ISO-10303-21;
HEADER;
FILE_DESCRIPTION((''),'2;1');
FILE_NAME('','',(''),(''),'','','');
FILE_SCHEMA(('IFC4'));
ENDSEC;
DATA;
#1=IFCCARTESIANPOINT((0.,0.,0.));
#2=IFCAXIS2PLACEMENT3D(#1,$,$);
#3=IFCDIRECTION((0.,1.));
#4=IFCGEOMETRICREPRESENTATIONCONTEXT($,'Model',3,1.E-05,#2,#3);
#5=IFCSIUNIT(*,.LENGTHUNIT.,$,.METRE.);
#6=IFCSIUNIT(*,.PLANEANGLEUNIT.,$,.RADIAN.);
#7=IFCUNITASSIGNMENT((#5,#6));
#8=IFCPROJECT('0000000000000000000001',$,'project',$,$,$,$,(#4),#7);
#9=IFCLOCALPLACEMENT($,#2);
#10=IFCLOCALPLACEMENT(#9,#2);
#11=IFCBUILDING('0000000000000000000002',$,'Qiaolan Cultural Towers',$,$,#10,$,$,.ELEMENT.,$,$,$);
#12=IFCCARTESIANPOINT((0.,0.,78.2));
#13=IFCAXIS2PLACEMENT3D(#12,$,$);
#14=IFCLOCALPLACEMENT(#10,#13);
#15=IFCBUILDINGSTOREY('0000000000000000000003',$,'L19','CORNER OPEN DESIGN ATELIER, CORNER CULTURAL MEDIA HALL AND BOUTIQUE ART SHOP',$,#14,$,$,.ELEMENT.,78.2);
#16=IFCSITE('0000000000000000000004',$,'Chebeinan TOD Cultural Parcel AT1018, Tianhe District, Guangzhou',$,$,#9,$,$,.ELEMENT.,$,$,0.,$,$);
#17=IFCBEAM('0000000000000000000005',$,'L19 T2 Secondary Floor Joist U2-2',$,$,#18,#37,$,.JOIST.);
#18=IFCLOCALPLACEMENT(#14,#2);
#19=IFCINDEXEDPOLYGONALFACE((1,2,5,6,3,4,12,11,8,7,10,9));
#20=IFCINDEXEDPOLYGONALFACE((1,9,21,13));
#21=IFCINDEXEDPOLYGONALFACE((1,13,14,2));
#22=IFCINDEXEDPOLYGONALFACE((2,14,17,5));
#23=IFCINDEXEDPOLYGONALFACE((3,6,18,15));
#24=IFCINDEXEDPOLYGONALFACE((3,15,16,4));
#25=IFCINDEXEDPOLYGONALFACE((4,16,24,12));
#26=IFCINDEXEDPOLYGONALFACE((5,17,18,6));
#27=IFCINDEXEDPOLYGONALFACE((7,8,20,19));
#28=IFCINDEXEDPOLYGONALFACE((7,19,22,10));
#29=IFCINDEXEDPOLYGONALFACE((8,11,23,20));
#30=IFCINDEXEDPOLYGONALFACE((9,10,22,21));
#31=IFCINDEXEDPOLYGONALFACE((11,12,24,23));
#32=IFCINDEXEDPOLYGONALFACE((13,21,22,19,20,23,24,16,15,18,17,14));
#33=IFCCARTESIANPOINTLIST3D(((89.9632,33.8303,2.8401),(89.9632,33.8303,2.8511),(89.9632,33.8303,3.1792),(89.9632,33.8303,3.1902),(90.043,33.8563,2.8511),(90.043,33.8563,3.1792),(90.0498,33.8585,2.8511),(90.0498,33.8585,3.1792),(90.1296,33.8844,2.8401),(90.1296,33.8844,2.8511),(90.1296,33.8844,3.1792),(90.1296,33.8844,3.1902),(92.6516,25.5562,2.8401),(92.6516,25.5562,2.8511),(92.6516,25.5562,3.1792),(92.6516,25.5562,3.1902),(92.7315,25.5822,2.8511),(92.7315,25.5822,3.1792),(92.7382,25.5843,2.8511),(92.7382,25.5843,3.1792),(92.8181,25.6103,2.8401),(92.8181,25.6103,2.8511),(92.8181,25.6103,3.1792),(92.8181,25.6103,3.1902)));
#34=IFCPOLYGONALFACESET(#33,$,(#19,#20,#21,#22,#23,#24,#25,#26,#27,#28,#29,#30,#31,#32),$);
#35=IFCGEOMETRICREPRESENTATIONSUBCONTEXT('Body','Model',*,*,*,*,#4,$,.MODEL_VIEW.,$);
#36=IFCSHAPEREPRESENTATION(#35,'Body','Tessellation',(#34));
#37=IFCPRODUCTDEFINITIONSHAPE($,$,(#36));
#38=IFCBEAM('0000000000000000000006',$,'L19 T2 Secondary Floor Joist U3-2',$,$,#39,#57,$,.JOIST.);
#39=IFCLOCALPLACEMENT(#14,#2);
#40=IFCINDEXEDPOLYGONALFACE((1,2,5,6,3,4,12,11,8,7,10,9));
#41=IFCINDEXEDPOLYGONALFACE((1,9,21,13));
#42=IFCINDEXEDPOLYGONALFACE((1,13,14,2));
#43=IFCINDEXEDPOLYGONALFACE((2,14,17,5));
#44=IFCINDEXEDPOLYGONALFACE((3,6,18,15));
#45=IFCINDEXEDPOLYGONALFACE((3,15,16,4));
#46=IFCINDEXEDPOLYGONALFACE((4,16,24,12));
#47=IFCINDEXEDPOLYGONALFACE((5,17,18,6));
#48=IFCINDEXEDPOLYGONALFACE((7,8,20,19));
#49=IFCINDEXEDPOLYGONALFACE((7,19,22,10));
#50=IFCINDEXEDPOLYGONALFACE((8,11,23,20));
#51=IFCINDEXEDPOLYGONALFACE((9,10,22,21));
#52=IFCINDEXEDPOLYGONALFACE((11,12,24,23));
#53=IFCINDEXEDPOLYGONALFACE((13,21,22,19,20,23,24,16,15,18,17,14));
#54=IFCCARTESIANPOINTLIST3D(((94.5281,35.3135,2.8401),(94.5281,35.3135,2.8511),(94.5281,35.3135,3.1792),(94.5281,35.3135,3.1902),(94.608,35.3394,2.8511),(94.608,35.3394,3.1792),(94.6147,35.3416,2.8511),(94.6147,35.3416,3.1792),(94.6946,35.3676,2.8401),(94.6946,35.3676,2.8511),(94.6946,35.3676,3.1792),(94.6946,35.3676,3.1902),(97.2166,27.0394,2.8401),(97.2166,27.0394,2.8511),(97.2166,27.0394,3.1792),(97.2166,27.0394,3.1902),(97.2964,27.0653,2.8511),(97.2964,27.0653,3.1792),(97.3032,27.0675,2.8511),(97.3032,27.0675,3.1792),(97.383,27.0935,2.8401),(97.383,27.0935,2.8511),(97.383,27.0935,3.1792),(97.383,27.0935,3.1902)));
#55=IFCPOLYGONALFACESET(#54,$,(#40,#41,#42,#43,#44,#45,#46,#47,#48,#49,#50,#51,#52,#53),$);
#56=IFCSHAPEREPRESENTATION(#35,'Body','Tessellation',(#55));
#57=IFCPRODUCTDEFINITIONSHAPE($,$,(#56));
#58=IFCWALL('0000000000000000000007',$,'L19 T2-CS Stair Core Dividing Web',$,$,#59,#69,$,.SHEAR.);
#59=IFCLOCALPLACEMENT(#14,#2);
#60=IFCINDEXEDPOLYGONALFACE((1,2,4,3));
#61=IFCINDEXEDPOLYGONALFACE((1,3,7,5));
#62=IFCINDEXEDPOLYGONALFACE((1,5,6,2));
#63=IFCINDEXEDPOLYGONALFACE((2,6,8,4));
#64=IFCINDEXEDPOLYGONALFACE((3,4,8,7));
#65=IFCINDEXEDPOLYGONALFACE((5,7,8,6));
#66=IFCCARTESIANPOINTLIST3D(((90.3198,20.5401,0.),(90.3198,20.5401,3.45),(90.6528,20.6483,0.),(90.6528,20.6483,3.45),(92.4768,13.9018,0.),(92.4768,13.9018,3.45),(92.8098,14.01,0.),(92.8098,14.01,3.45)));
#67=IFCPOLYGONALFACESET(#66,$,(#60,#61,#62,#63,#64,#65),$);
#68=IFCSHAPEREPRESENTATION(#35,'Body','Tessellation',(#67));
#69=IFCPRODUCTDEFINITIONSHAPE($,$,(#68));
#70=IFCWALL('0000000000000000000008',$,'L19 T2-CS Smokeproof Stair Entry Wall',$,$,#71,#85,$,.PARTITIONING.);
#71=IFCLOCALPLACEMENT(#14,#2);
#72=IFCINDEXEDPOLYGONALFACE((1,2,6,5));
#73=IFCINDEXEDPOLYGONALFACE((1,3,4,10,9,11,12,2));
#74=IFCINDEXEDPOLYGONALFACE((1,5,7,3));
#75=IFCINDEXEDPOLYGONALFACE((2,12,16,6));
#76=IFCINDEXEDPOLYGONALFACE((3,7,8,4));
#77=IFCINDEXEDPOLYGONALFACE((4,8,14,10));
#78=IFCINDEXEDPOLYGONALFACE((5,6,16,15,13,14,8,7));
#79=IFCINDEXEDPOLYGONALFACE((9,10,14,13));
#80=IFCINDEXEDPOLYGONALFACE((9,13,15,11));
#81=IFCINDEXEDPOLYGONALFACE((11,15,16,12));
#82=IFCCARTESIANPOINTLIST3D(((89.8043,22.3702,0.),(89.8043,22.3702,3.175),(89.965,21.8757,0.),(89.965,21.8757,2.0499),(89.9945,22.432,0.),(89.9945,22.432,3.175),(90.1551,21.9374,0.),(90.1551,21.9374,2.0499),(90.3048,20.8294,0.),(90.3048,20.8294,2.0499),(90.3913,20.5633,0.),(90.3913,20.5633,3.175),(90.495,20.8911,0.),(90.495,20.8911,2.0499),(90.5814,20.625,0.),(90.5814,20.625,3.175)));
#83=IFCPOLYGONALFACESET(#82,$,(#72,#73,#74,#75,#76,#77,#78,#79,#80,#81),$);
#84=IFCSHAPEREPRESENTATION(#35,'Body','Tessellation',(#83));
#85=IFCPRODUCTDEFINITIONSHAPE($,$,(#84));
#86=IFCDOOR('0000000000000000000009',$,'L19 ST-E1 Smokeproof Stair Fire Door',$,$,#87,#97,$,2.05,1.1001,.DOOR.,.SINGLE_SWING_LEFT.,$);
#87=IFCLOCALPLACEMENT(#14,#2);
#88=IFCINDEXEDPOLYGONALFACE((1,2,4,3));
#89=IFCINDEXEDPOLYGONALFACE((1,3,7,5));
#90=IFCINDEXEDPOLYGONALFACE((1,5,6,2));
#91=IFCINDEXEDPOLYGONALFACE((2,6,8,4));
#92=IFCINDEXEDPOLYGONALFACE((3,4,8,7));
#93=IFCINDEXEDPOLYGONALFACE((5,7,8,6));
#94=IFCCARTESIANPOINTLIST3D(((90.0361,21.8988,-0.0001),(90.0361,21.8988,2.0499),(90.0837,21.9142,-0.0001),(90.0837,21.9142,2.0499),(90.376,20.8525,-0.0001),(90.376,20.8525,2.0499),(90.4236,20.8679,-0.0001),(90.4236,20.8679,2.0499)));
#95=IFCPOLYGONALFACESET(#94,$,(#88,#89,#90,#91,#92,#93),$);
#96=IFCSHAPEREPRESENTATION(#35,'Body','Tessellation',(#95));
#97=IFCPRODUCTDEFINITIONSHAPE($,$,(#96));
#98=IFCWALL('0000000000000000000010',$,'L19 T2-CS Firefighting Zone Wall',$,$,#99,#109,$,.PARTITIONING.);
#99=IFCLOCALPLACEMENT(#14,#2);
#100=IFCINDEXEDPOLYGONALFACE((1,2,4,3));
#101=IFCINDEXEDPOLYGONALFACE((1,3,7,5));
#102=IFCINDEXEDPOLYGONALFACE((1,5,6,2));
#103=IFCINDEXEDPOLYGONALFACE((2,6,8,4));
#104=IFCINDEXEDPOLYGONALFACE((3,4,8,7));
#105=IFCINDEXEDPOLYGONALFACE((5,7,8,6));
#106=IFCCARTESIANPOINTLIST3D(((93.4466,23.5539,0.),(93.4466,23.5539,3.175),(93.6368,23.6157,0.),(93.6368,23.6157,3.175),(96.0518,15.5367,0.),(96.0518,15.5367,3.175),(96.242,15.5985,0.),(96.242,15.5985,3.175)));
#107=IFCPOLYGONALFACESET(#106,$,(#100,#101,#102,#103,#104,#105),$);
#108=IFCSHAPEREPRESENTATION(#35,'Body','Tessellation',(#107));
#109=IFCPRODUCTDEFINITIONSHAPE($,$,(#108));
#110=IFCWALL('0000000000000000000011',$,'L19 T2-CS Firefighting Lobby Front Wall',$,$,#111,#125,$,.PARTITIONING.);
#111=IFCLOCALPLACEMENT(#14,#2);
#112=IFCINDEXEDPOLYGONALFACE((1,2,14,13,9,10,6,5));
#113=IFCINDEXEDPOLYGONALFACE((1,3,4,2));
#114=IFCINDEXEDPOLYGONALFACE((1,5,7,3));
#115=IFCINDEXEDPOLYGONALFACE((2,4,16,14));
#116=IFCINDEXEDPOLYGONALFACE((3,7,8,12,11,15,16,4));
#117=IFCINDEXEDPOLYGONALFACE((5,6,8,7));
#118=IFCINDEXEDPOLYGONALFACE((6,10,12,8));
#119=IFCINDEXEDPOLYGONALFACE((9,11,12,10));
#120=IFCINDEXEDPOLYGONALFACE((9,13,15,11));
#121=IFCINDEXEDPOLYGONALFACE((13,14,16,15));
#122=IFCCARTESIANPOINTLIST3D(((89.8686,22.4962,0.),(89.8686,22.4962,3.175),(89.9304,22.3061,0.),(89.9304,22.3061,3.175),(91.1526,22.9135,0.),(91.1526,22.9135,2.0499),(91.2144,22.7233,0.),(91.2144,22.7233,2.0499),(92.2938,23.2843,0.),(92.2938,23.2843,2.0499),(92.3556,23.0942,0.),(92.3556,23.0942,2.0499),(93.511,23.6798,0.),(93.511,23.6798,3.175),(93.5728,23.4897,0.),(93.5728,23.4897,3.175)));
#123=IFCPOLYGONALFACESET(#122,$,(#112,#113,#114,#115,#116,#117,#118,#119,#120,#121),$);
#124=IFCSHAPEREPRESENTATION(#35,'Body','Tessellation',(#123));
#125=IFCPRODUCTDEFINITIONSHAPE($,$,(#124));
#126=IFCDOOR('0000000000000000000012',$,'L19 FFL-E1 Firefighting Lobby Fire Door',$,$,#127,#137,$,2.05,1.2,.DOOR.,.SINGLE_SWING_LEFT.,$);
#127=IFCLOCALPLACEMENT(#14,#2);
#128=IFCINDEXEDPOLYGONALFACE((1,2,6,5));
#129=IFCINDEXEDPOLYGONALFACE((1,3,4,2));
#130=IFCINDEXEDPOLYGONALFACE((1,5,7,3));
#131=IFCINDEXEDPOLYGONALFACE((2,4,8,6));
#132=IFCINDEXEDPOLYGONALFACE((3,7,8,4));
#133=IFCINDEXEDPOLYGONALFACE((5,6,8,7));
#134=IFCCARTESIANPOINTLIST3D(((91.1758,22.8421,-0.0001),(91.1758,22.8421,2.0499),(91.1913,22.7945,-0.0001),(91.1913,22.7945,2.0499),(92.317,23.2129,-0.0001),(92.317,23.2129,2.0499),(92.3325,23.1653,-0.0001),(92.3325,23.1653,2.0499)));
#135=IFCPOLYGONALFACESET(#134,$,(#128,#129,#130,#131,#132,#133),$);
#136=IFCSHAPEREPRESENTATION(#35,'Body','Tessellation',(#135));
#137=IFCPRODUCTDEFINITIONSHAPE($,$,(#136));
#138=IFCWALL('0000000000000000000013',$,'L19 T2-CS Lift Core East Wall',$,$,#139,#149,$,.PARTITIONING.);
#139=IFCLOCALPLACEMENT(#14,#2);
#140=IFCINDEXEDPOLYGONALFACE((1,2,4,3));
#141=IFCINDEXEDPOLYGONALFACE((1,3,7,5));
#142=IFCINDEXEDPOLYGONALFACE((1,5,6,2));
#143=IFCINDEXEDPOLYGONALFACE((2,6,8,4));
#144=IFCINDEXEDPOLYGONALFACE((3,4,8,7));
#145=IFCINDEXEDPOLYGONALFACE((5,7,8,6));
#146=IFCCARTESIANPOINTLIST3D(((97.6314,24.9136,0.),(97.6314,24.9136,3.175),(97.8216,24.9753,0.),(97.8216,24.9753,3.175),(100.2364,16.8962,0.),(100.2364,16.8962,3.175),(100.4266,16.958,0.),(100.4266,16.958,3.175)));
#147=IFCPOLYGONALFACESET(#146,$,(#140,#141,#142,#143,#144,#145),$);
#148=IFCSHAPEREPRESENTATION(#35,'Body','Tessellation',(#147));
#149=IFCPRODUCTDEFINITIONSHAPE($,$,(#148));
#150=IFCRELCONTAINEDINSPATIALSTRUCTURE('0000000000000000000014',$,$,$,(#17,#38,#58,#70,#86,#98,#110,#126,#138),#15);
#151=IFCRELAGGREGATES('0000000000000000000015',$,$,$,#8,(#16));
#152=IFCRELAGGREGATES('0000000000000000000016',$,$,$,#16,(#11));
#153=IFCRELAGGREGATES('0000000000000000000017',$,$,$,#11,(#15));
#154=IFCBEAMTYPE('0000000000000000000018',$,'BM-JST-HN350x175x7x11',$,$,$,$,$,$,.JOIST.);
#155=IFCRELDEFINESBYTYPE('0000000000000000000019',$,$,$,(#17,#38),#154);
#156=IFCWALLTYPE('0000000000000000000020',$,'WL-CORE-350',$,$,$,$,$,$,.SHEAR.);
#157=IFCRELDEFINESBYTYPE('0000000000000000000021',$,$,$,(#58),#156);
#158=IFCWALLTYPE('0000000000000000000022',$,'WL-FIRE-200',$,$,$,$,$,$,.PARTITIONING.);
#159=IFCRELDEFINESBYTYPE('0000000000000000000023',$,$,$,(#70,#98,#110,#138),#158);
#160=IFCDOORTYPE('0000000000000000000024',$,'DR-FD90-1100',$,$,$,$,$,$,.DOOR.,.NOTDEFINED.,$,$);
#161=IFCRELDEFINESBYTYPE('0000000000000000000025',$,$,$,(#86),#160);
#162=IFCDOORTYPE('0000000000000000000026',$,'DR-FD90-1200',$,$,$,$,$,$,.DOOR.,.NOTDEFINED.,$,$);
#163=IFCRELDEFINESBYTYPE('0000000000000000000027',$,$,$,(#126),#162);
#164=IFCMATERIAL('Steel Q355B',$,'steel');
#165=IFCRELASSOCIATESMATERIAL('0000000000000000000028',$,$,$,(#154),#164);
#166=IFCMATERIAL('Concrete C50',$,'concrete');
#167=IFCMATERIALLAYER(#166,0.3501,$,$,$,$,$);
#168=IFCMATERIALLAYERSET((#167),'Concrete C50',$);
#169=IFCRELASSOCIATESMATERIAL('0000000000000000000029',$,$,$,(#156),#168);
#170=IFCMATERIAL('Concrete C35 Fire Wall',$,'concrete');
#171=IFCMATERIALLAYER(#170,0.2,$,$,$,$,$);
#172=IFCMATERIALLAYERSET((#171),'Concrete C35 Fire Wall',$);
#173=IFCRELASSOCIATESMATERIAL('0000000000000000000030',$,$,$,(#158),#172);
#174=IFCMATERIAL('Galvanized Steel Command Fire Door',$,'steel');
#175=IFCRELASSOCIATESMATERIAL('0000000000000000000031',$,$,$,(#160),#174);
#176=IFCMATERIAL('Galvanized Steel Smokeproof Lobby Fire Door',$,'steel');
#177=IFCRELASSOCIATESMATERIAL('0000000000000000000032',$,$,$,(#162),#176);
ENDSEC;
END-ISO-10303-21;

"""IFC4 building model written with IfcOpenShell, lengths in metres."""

from ifc_helpers import new_model, si_unit, direction, frame, frame_2d, origin, origin_2d, place, context, subcontext, project, spatial, rectangle, i_section, extrude, material, layer, layer_set, material_profile, profile_set, type_object, element, fill, save


model = new_model("IFC4")

# Units and contexts
model_context = context("Model", 3, precision=1e-05, world=origin(), true_north=direction((0.0, 1.0)))
body_context = subcontext(model_context, "Body", "Model", "MODEL_VIEW")
ifc_project = project(units=[si_unit("LENGTHUNIT", "METRE"), si_unit("PLANEANGLEUNIT", "RADIAN")], contexts=[model_context])

# Site, building, storey
site_placement = place(None, origin())
site = spatial("IfcSite", under=ifc_project, at=site_placement, Name="Chebeinan TOD Cultural Parcel AT1018, Tianhe District, Guangzhou", CompositionType="ELEMENT", RefElevation=0.0)
building_placement = place(site_placement, origin())
building = spatial("IfcBuilding", under=site, at=building_placement, Name="Qiaolan Cultural Towers", CompositionType="ELEMENT")
storey_placement = place(building_placement, frame((0.0, 0.0, 78.2)))
storey = spatial("IfcBuildingStorey", under=building, at=storey_placement, Name="L19", Description="CORNER OPEN DESIGN ATELIER, CORNER CULTURAL MEDIA HALL AND BOUTIQUE ART SHOP", CompositionType="ELEMENT", Elevation=78.2)

# Beams
ifc_material_1 = material(Name="Steel Q355B", Category="steel")
ifc_material_profile = material_profile(ifc_material_1, i_section(OverallWidth=0.175, OverallDepth=0.3501, WebThickness=0.0071, FlangeThickness=0.011, at=origin_2d()), Name="HN350x175x7x11")
ifc_profile_set = profile_set([ifc_material_profile], Name="Steel Q355B")
beam_type = type_object("IfcBeamType", Name="BM-JST-HN350x175x7x11", PredefinedType="JOIST", material=ifc_profile_set)
for number, where, z_axis, x_axis, name in (
    (1, (92.7349, 25.5833, 3.0151), (-0.309021, 0.951055, 0.0), (-0.951055, -0.309021, 0.0), "L19 T2 Secondary Floor Joist U2-2"),
    (2, (97.2998, 27.0664, 3.0151), (-0.309021, 0.951055, 0.0), (-0.951055, -0.309021, 0.0), "L19 T2 Secondary Floor Joist U3-2"),
):
    element("IfcBeam", number, at=place(storey_placement, frame(where, z_axis=z_axis, x_axis=x_axis)), inside=storey, type_object=beam_type, Name=name, PredefinedType="JOIST", context=body_context, shape_type="SweptSolid", body=[
        extrude(i_section(OverallWidth=0.175, OverallDepth=0.3501, WebThickness=0.0071, FlangeThickness=0.011, at=origin_2d()), origin(), (0.0, 0.0, 1.0), 8.7),
    ])

# Wall
ifc_material_2 = material(Name="Concrete C50", Category="concrete")
ifc_layer_1 = layer(ifc_material_2, 0.3501)
ifc_layer_set_1 = layer_set([ifc_layer_1], Name="Concrete C50")
wall_type_1 = type_object("IfcWallType", Name="WL-CORE-350", PredefinedType="SHEAR", material=ifc_layer_set_1)
wall_1_placement = place(storey_placement, frame((90.4863, 20.5942, 0.0), z_axis=(0.0, 0.0, 1.0), x_axis=(0.30902, -0.951055, 0.0)))
element("IfcWall", 3, at=wall_1_placement, inside=storey, type_object=wall_type_1, Name="L19 T2-CS Stair Core Dividing Web", PredefinedType="SHEAR", context=body_context, shape_type="SweptSolid", body=[
    extrude(rectangle(XDim=6.98, YDim=0.3501, at=frame_2d((3.49, 0.0))), origin(), (0.0, 0.0, 1.0), 3.45),
])

# Wall, opening, door
ifc_material_3 = material(Name="Concrete C35 Fire Wall", Category="concrete")
ifc_layer_2 = layer(ifc_material_3, 0.2)
ifc_layer_set_2 = layer_set([ifc_layer_2], Name="Concrete C35 Fire Wall")
wall_type_2 = type_object("IfcWallType", Name="WL-FIRE-200", PredefinedType="PARTITIONING", material=ifc_layer_set_2)
wall_2_placement = place(storey_placement, frame((89.8994, 22.4011, 0.0), z_axis=(0.0, 0.0, 1.0), x_axis=(0.308932, -0.951084, 0.0)))
wall_2 = element("IfcWall", 4, at=wall_2_placement, inside=storey, type_object=wall_type_2, Name="L19 T2-CS Smokeproof Stair Entry Wall", PredefinedType="PARTITIONING", context=body_context, shape_type="SweptSolid", body=[
    extrude(rectangle(XDim=1.8999, YDim=0.2, at=frame_2d((0.95, 0.0))), origin(), (0.0, 0.0, 1.0), 3.175),
])
opening_1_placement = place(wall_2_placement, frame((0.52, 0.0, 0.0)))
opening_1 = element("IfcOpeningElement", 5, at=opening_1_placement, cuts=wall_2, PredefinedType="OPENING", context=body_context, shape_type="SweptSolid", body=[
    extrude(rectangle(XDim=1.1001, YDim=2.05, at=frame_2d((0.55, 1.0249))), frame((0.0, 0.1099, 0.0), z_axis=(0.0, -1.0, 0.0), x_axis=(1.0, 0.0, 0.0)), (0.0, 0.0, 1.0), 0.22),
])
ifc_material_4 = material(Name="Galvanized Steel Command Fire Door", Category="steel")
door_type_1 = type_object("IfcDoorType", Name="DR-FD90-1100", OperationType="NOTDEFINED", PredefinedType="DOOR", material=ifc_material_4)
door_1_placement = place(opening_1_placement, origin())
door_1 = element("IfcDoor", 6, at=door_1_placement, inside=storey, type_object=door_type_1, Name="L19 ST-E1 Smokeproof Stair Fire Door", OperationType="SINGLE_SWING_LEFT", OverallHeight=2.05, OverallWidth=1.1001, PredefinedType="DOOR", context=body_context, shape_type="SweptSolid", body=[
    extrude(rectangle(XDim=1.1001, YDim=2.05, at=frame_2d((0.55, 1.0249))), frame((0.0, 0.0249, 0.0), z_axis=(0.0, -1.0, 0.0), x_axis=(1.0, 0.0, 0.0)), (0.0, 0.0, 1.0), 0.05),
])
fill(opening_1, door_1)

# Wall
wall_3_placement = place(storey_placement, frame((93.5417, 23.5847, 0.0), z_axis=(0.0, 0.0, 1.0), x_axis=(0.309042, -0.951048, 0.0)))
element("IfcWall", 7, at=wall_3_placement, inside=storey, type_object=wall_type_2, Name="L19 T2-CS Firefighting Zone Wall", PredefinedType="PARTITIONING", context=body_context, shape_type="SweptSolid", body=[
    extrude(rectangle(XDim=8.4299, YDim=0.2, at=frame_2d((4.2148, 0.0))), origin(), (0.0, 0.0, 1.0), 3.175),
])

# Wall, opening, door
wall_4_placement = place(storey_placement, frame((89.8994, 22.4011, 0.0), z_axis=(0.0, 0.0, 1.0), x_axis=(0.951047, 0.309047, 0.0)))
wall_4 = element("IfcWall", 8, at=wall_4_placement, inside=storey, type_object=wall_type_2, Name="L19 T2-CS Firefighting Lobby Front Wall", PredefinedType="PARTITIONING", context=body_context, shape_type="SweptSolid", body=[
    extrude(rectangle(XDim=3.8298, YDim=0.2, at=frame_2d((1.915, 0.0))), origin(), (0.0, 0.0, 1.0), 3.175),
])
opening_2_placement = place(wall_4_placement, frame((1.3501, 0.0, 0.0)))
opening_2 = element("IfcOpeningElement", 9, at=opening_2_placement, cuts=wall_4, PredefinedType="OPENING", context=body_context, shape_type="SweptSolid", body=[
    extrude(rectangle(XDim=1.2, YDim=2.05, at=frame_2d((0.6001, 1.0249))), frame((0.0, 0.1099, 0.0), z_axis=(0.0, -1.0, 0.0), x_axis=(1.0, 0.0, 0.0)), (0.0, 0.0, 1.0), 0.22),
])
ifc_material_5 = material(Name="Galvanized Steel Smokeproof Lobby Fire Door", Category="steel")
door_type_2 = type_object("IfcDoorType", Name="DR-FD90-1200", OperationType="NOTDEFINED", PredefinedType="DOOR", material=ifc_material_5)
door_2_placement = place(opening_2_placement, origin())
door_2 = element("IfcDoor", 10, at=door_2_placement, inside=storey, type_object=door_type_2, Name="L19 FFL-E1 Firefighting Lobby Fire Door", OperationType="SINGLE_SWING_LEFT", OverallHeight=2.05, OverallWidth=1.2, PredefinedType="DOOR", context=body_context, shape_type="SweptSolid", body=[
    extrude(rectangle(XDim=1.2, YDim=2.05, at=frame_2d((0.6001, 1.0249))), frame((0.0, 0.0249, 0.0), z_axis=(0.0, -1.0, 0.0), x_axis=(1.0, 0.0, 0.0)), (0.0, 0.0, 1.0), 0.05),
])
fill(opening_2, door_2)

# Wall
wall_5_placement = place(storey_placement, frame((97.7266, 24.9443, 0.0), z_axis=(0.0, 0.0, 1.0), x_axis=(0.309016, -0.951057, 0.0)))
element("IfcWall", 11, at=wall_5_placement, inside=storey, type_object=wall_type_2, Name="L19 T2-CS Lift Core East Wall", PredefinedType="PARTITIONING", context=body_context, shape_type="SweptSolid", body=[
    extrude(rectangle(XDim=8.4299, YDim=0.2, at=frame_2d((4.2148, 0.0))), origin(), (0.0, 0.0, 1.0), 3.175),
])

save(model, "model.ifc")
